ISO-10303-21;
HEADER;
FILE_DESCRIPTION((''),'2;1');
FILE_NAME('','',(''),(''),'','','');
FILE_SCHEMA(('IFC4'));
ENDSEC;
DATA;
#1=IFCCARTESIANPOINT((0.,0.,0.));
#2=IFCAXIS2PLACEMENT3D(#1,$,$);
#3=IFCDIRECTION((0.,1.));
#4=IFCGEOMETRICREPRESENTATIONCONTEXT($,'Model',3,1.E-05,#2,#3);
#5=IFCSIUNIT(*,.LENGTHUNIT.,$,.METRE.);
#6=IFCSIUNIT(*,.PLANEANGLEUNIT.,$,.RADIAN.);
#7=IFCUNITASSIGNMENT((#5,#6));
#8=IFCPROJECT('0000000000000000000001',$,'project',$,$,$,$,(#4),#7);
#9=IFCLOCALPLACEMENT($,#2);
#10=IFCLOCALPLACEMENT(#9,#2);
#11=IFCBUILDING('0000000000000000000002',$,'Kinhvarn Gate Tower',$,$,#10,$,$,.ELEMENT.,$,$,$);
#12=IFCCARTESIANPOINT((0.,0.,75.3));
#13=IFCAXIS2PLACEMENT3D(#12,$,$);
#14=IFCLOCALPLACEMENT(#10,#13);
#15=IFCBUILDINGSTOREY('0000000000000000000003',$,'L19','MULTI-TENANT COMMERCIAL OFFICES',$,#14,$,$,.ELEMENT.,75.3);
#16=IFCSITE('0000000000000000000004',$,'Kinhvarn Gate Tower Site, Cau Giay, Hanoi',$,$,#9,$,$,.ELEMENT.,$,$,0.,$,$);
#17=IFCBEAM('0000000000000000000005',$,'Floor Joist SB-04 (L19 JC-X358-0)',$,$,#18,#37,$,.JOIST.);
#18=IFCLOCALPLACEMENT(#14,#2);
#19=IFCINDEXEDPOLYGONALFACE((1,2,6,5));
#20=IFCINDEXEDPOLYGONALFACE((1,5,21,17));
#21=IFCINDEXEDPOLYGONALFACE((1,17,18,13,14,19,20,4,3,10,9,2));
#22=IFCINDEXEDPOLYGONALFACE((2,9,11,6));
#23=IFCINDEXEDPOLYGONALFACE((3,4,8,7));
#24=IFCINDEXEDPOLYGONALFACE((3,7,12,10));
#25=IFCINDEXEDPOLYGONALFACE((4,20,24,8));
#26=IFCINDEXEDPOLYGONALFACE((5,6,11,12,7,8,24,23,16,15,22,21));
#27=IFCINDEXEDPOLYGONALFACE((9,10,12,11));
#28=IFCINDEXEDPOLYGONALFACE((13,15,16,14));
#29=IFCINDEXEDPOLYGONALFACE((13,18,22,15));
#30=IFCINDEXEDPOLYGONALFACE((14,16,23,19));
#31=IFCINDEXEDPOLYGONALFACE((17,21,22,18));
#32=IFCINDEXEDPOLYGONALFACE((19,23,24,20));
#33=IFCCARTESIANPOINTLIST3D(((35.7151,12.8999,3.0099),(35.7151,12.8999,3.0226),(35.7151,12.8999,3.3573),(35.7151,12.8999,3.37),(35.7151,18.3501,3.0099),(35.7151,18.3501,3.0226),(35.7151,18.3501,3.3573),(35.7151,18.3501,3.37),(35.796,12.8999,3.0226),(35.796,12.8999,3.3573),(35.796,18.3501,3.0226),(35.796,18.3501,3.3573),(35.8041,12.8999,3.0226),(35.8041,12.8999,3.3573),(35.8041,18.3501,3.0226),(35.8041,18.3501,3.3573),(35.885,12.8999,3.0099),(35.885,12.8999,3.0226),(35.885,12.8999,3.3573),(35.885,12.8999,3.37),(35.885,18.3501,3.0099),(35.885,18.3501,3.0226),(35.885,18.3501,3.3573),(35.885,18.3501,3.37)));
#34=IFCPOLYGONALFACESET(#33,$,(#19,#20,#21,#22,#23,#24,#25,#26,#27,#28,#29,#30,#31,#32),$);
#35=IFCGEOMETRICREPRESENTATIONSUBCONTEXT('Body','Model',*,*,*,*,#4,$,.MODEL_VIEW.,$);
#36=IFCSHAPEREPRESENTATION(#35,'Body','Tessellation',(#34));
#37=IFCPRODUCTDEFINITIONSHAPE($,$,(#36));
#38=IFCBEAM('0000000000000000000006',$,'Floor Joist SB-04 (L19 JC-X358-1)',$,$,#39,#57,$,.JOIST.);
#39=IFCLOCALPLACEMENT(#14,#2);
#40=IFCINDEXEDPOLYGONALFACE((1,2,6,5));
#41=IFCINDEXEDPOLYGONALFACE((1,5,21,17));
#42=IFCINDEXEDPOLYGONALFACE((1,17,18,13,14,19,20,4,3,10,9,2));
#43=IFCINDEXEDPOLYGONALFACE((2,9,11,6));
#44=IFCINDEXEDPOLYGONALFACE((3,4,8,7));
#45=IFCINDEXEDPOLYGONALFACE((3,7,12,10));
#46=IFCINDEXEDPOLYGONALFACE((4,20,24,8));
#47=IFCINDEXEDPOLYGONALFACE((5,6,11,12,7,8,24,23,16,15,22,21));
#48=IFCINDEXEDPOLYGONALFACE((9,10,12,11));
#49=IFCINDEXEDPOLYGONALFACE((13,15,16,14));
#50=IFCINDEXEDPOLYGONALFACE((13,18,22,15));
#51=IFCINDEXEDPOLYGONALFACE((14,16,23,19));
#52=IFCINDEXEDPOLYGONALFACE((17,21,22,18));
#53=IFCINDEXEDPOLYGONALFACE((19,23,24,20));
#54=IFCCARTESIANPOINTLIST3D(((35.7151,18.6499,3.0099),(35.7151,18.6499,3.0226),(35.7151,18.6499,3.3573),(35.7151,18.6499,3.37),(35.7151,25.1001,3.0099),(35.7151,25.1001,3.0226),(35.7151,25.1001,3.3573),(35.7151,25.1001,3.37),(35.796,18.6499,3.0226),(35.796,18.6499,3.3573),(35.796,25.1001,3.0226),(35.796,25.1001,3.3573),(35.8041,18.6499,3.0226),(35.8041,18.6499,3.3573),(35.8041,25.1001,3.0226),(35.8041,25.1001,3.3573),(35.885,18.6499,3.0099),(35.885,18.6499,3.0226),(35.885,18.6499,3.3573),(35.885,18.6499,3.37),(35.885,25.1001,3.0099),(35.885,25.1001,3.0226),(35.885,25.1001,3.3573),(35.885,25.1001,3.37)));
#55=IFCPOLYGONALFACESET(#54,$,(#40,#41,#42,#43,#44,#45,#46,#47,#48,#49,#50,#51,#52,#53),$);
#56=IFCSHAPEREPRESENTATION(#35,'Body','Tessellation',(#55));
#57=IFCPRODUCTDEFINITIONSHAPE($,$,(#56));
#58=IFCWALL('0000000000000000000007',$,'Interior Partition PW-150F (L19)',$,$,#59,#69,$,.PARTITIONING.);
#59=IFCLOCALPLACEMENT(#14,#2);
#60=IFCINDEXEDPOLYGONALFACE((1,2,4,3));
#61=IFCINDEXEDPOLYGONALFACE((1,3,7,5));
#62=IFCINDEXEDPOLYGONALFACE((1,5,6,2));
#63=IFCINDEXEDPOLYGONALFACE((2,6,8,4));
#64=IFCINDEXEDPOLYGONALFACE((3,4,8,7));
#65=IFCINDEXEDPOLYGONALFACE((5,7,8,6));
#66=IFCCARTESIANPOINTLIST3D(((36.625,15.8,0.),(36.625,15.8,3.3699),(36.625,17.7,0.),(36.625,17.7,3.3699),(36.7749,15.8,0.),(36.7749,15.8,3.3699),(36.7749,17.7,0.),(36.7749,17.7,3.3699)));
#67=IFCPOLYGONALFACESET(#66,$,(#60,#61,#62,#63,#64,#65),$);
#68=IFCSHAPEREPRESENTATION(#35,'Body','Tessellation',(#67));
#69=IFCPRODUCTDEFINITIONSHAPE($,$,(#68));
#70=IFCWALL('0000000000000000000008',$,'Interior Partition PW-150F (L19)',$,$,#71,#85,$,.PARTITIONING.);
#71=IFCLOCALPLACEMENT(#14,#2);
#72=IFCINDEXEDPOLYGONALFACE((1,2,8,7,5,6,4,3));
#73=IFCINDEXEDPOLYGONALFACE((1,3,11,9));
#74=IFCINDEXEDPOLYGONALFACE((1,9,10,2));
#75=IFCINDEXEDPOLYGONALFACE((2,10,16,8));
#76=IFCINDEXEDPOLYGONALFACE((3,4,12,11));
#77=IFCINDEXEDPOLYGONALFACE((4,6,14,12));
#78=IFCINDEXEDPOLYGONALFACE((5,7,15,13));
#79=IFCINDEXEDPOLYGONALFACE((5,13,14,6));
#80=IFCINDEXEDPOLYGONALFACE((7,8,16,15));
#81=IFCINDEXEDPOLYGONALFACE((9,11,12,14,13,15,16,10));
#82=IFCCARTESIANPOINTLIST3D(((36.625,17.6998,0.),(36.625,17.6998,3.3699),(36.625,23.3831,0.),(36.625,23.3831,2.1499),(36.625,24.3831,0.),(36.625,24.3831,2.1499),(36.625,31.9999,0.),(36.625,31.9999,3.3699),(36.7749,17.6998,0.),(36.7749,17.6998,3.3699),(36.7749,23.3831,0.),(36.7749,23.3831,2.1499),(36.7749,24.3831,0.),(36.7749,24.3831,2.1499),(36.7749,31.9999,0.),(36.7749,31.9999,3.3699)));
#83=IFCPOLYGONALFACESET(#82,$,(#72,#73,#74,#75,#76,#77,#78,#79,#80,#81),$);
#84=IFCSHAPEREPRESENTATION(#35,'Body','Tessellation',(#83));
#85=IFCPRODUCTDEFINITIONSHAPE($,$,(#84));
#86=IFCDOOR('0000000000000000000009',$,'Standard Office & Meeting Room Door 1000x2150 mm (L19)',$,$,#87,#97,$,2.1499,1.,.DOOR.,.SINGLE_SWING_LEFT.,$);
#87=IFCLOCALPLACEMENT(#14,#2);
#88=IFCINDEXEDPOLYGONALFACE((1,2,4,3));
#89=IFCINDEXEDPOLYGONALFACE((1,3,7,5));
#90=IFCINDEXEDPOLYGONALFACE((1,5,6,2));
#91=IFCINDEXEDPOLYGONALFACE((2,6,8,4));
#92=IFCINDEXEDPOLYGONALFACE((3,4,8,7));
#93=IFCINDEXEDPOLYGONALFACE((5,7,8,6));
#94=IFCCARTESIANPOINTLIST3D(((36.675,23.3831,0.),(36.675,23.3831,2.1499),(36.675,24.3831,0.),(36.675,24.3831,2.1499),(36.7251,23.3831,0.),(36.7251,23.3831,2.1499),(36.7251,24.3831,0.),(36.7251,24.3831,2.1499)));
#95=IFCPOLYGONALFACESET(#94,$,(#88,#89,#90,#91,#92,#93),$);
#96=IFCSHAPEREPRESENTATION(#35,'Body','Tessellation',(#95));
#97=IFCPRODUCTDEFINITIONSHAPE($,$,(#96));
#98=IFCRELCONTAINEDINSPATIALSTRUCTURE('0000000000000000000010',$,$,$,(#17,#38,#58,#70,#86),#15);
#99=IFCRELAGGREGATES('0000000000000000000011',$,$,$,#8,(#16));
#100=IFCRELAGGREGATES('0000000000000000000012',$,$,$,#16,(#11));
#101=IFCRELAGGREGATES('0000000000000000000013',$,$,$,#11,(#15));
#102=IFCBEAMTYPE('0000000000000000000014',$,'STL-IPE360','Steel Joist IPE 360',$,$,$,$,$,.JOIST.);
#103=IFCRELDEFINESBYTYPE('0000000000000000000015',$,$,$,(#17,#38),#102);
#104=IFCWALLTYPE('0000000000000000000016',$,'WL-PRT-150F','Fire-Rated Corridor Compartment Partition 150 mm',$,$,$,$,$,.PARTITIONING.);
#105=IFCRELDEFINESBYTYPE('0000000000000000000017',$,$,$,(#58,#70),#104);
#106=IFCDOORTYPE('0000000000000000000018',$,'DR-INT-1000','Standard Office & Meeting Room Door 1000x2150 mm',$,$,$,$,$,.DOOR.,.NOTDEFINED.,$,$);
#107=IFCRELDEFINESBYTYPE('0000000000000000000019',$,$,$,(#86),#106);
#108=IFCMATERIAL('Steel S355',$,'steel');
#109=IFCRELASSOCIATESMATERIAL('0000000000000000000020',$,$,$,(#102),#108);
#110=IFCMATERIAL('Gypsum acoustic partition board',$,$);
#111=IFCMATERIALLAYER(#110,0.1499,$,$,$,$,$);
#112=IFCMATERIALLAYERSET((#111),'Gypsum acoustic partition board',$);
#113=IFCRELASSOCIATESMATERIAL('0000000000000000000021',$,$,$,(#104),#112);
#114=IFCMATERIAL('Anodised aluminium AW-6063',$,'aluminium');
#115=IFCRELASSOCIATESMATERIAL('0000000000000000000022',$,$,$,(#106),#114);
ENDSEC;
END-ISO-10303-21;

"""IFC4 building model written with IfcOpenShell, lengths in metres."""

from ifc_helpers import new_model, si_unit, direction, frame, frame_2d, origin, origin_2d, place, context, subcontext, project, spatial, rectangle, i_section, extrude, material, layer, layer_set, material_profile, profile_set, type_object, element, fill, save


model = new_model("IFC4")

# Units and contexts
model_context = context("Model", 3, precision=1e-05, world=origin(), true_north=direction((0.0, 1.0)))
body_context = subcontext(model_context, "Body", "Model", "MODEL_VIEW")
ifc_project = project(units=[si_unit("LENGTHUNIT", "METRE"), si_unit("PLANEANGLEUNIT", "RADIAN")], contexts=[model_context])

# Site, building, storey
site_placement = place(None, origin())
site = spatial("IfcSite", under=ifc_project, at=site_placement, Name="Kinhvarn Gate Tower Site, Cau Giay, Hanoi", CompositionType="ELEMENT", RefElevation=0.0)
building_placement = place(site_placement, origin())
building = spatial("IfcBuilding", under=site, at=building_placement, Name="Kinhvarn Gate Tower", CompositionType="ELEMENT")
storey_placement = place(building_placement, frame((0.0, 0.0, 75.3)))
storey = spatial("IfcBuildingStorey", under=building, at=storey_placement, Name="L19", Description="MULTI-TENANT COMMERCIAL OFFICES", CompositionType="ELEMENT", Elevation=75.3)

# Beams
ifc_material_1 = material(Name="Steel S355", Category="steel")
ifc_material_profile_1 = material_profile(ifc_material_1, i_section(OverallWidth=0.1699, OverallDepth=0.3601, WebThickness=0.0081, FlangeThickness=0.0127, at=origin_2d()), Name="IPE 360")
ifc_profile_set_1 = profile_set([ifc_material_profile_1], Name="Steel S355")
beam_type_1 = type_object("IfcBeamType", Name="STL-IPE360", Description="Steel Joist IPE 360", PredefinedType="JOIST", material=ifc_profile_set_1)
beam_1_placement = place(storey_placement, frame((35.8, 12.8999, 3.1899), z_axis=(0.0, 1.0, 0.0), x_axis=(-1.0, 0.0, 0.0)))
element("IfcBeam", 1, at=beam_1_placement, inside=storey, type_object=beam_type_1, Name="Floor Joist SB-04 (L19 JC-X358-0)", PredefinedType="JOIST", context=body_context, shape_type="SweptSolid", body=[
    extrude(i_section(OverallWidth=0.1699, OverallDepth=0.3601, WebThickness=0.0081, FlangeThickness=0.0127, at=origin_2d()), origin(), (0.0, 0.0, 1.0), 5.4502),
])
beam_2_placement = place(storey_placement, frame((35.8, 18.6499, 3.1899), z_axis=(0.0, 1.0, 0.0), x_axis=(-1.0, 0.0, 0.0)))
element("IfcBeam", 2, at=beam_2_placement, inside=storey, type_object=beam_type_1, Name="Floor Joist SB-04 (L19 JC-X358-1)", PredefinedType="JOIST", context=body_context, shape_type="SweptSolid", body=[
    extrude(i_section(OverallWidth=0.1699, OverallDepth=0.3601, WebThickness=0.0081, FlangeThickness=0.0127, at=origin_2d()), origin(), (0.0, 0.0, 1.0), 6.4502),
])

# Wall
ifc_material_2 = material(Name="Gypsum acoustic partition board")
ifc_layer = layer(ifc_material_2, 0.1499)
ifc_layer_set = layer_set([ifc_layer], Name="Gypsum acoustic partition board")
wall_type = type_object("IfcWallType", Name="WL-PRT-150F", Description="Fire-Rated Corridor Compartment Partition 150 mm", PredefinedType="PARTITIONING", material=ifc_layer_set)
wall_1_placement = place(storey_placement, frame((36.7, 15.8, 0.0), z_axis=(0.0, 0.0, 1.0), x_axis=(0.0, 1.0, 0.0)))
element("IfcWall", 3, at=wall_1_placement, inside=storey, type_object=wall_type, Name="Interior Partition PW-150F (L19)", PredefinedType="PARTITIONING", context=body_context, shape_type="SweptSolid", body=[
    extrude(rectangle(XDim=1.8999, YDim=0.1499, at=frame_2d((0.95, 0.0))), origin(), (0.0, 0.0, 1.0), 3.3699),
])

# Wall, opening, door
ifc_material_3 = material(Name="Anodised aluminium AW-6063", Category="aluminium")
door_type = type_object("IfcDoorType", Name="DR-INT-1000", Description="Standard Office & Meeting Room Door 1000x2150 mm", OperationType="NOTDEFINED", PredefinedType="DOOR", material=ifc_material_3)
wall_2_placement = place(storey_placement, frame((36.7, 17.7, 0.0), z_axis=(0.0, 0.0, 1.0), x_axis=(0.0, 1.0, 0.0)))
wall_2 = element("IfcWall", 4, at=wall_2_placement, inside=storey, type_object=wall_type, Name="Interior Partition PW-150F (L19)", PredefinedType="PARTITIONING", context=body_context, shape_type="SweptSolid", body=[
    extrude(rectangle(XDim=14.3, YDim=0.1499, at=frame_2d((7.1499, 0.0))), origin(), (0.0, 0.0, 1.0), 3.3699),
])
opening_1_placement = place(wall_2_placement, frame((5.6831, 0.0, 0.0)))
opening_1 = element("IfcOpeningElement", 5, at=opening_1_placement, cuts=wall_2, PredefinedType="OPENING", context=body_context, shape_type="SweptSolid", body=[
    extrude(rectangle(XDim=1.0, YDim=2.1499, at=frame_2d((0.5, 1.075))), frame((0.0, 0.085, 0.0), z_axis=(0.0, -1.0, 0.0), x_axis=(1.0, 0.0, 0.0)), (0.0, 0.0, 1.0), 0.1699),
])
door_1_placement = place(opening_1_placement, origin())
door_1 = element("IfcDoor", 6, at=door_1_placement, inside=storey, type_object=door_type, Name="Standard Office & Meeting Room Door 1000x2150 mm (L19)", OperationType="SINGLE_SWING_LEFT", OverallHeight=2.1499, OverallWidth=1.0, PredefinedType="DOOR", context=body_context, shape_type="SweptSolid", body=[
    extrude(rectangle(XDim=1.0, YDim=2.1499, at=frame_2d((0.5, 1.075))), frame((0.0, 0.0249, 0.0), z_axis=(0.0, -1.0, 0.0), x_axis=(1.0, 0.0, 0.0)), (0.0, 0.0, 1.0), 0.05),
])
fill(opening_1, door_1)

save(model, "model.ifc")
